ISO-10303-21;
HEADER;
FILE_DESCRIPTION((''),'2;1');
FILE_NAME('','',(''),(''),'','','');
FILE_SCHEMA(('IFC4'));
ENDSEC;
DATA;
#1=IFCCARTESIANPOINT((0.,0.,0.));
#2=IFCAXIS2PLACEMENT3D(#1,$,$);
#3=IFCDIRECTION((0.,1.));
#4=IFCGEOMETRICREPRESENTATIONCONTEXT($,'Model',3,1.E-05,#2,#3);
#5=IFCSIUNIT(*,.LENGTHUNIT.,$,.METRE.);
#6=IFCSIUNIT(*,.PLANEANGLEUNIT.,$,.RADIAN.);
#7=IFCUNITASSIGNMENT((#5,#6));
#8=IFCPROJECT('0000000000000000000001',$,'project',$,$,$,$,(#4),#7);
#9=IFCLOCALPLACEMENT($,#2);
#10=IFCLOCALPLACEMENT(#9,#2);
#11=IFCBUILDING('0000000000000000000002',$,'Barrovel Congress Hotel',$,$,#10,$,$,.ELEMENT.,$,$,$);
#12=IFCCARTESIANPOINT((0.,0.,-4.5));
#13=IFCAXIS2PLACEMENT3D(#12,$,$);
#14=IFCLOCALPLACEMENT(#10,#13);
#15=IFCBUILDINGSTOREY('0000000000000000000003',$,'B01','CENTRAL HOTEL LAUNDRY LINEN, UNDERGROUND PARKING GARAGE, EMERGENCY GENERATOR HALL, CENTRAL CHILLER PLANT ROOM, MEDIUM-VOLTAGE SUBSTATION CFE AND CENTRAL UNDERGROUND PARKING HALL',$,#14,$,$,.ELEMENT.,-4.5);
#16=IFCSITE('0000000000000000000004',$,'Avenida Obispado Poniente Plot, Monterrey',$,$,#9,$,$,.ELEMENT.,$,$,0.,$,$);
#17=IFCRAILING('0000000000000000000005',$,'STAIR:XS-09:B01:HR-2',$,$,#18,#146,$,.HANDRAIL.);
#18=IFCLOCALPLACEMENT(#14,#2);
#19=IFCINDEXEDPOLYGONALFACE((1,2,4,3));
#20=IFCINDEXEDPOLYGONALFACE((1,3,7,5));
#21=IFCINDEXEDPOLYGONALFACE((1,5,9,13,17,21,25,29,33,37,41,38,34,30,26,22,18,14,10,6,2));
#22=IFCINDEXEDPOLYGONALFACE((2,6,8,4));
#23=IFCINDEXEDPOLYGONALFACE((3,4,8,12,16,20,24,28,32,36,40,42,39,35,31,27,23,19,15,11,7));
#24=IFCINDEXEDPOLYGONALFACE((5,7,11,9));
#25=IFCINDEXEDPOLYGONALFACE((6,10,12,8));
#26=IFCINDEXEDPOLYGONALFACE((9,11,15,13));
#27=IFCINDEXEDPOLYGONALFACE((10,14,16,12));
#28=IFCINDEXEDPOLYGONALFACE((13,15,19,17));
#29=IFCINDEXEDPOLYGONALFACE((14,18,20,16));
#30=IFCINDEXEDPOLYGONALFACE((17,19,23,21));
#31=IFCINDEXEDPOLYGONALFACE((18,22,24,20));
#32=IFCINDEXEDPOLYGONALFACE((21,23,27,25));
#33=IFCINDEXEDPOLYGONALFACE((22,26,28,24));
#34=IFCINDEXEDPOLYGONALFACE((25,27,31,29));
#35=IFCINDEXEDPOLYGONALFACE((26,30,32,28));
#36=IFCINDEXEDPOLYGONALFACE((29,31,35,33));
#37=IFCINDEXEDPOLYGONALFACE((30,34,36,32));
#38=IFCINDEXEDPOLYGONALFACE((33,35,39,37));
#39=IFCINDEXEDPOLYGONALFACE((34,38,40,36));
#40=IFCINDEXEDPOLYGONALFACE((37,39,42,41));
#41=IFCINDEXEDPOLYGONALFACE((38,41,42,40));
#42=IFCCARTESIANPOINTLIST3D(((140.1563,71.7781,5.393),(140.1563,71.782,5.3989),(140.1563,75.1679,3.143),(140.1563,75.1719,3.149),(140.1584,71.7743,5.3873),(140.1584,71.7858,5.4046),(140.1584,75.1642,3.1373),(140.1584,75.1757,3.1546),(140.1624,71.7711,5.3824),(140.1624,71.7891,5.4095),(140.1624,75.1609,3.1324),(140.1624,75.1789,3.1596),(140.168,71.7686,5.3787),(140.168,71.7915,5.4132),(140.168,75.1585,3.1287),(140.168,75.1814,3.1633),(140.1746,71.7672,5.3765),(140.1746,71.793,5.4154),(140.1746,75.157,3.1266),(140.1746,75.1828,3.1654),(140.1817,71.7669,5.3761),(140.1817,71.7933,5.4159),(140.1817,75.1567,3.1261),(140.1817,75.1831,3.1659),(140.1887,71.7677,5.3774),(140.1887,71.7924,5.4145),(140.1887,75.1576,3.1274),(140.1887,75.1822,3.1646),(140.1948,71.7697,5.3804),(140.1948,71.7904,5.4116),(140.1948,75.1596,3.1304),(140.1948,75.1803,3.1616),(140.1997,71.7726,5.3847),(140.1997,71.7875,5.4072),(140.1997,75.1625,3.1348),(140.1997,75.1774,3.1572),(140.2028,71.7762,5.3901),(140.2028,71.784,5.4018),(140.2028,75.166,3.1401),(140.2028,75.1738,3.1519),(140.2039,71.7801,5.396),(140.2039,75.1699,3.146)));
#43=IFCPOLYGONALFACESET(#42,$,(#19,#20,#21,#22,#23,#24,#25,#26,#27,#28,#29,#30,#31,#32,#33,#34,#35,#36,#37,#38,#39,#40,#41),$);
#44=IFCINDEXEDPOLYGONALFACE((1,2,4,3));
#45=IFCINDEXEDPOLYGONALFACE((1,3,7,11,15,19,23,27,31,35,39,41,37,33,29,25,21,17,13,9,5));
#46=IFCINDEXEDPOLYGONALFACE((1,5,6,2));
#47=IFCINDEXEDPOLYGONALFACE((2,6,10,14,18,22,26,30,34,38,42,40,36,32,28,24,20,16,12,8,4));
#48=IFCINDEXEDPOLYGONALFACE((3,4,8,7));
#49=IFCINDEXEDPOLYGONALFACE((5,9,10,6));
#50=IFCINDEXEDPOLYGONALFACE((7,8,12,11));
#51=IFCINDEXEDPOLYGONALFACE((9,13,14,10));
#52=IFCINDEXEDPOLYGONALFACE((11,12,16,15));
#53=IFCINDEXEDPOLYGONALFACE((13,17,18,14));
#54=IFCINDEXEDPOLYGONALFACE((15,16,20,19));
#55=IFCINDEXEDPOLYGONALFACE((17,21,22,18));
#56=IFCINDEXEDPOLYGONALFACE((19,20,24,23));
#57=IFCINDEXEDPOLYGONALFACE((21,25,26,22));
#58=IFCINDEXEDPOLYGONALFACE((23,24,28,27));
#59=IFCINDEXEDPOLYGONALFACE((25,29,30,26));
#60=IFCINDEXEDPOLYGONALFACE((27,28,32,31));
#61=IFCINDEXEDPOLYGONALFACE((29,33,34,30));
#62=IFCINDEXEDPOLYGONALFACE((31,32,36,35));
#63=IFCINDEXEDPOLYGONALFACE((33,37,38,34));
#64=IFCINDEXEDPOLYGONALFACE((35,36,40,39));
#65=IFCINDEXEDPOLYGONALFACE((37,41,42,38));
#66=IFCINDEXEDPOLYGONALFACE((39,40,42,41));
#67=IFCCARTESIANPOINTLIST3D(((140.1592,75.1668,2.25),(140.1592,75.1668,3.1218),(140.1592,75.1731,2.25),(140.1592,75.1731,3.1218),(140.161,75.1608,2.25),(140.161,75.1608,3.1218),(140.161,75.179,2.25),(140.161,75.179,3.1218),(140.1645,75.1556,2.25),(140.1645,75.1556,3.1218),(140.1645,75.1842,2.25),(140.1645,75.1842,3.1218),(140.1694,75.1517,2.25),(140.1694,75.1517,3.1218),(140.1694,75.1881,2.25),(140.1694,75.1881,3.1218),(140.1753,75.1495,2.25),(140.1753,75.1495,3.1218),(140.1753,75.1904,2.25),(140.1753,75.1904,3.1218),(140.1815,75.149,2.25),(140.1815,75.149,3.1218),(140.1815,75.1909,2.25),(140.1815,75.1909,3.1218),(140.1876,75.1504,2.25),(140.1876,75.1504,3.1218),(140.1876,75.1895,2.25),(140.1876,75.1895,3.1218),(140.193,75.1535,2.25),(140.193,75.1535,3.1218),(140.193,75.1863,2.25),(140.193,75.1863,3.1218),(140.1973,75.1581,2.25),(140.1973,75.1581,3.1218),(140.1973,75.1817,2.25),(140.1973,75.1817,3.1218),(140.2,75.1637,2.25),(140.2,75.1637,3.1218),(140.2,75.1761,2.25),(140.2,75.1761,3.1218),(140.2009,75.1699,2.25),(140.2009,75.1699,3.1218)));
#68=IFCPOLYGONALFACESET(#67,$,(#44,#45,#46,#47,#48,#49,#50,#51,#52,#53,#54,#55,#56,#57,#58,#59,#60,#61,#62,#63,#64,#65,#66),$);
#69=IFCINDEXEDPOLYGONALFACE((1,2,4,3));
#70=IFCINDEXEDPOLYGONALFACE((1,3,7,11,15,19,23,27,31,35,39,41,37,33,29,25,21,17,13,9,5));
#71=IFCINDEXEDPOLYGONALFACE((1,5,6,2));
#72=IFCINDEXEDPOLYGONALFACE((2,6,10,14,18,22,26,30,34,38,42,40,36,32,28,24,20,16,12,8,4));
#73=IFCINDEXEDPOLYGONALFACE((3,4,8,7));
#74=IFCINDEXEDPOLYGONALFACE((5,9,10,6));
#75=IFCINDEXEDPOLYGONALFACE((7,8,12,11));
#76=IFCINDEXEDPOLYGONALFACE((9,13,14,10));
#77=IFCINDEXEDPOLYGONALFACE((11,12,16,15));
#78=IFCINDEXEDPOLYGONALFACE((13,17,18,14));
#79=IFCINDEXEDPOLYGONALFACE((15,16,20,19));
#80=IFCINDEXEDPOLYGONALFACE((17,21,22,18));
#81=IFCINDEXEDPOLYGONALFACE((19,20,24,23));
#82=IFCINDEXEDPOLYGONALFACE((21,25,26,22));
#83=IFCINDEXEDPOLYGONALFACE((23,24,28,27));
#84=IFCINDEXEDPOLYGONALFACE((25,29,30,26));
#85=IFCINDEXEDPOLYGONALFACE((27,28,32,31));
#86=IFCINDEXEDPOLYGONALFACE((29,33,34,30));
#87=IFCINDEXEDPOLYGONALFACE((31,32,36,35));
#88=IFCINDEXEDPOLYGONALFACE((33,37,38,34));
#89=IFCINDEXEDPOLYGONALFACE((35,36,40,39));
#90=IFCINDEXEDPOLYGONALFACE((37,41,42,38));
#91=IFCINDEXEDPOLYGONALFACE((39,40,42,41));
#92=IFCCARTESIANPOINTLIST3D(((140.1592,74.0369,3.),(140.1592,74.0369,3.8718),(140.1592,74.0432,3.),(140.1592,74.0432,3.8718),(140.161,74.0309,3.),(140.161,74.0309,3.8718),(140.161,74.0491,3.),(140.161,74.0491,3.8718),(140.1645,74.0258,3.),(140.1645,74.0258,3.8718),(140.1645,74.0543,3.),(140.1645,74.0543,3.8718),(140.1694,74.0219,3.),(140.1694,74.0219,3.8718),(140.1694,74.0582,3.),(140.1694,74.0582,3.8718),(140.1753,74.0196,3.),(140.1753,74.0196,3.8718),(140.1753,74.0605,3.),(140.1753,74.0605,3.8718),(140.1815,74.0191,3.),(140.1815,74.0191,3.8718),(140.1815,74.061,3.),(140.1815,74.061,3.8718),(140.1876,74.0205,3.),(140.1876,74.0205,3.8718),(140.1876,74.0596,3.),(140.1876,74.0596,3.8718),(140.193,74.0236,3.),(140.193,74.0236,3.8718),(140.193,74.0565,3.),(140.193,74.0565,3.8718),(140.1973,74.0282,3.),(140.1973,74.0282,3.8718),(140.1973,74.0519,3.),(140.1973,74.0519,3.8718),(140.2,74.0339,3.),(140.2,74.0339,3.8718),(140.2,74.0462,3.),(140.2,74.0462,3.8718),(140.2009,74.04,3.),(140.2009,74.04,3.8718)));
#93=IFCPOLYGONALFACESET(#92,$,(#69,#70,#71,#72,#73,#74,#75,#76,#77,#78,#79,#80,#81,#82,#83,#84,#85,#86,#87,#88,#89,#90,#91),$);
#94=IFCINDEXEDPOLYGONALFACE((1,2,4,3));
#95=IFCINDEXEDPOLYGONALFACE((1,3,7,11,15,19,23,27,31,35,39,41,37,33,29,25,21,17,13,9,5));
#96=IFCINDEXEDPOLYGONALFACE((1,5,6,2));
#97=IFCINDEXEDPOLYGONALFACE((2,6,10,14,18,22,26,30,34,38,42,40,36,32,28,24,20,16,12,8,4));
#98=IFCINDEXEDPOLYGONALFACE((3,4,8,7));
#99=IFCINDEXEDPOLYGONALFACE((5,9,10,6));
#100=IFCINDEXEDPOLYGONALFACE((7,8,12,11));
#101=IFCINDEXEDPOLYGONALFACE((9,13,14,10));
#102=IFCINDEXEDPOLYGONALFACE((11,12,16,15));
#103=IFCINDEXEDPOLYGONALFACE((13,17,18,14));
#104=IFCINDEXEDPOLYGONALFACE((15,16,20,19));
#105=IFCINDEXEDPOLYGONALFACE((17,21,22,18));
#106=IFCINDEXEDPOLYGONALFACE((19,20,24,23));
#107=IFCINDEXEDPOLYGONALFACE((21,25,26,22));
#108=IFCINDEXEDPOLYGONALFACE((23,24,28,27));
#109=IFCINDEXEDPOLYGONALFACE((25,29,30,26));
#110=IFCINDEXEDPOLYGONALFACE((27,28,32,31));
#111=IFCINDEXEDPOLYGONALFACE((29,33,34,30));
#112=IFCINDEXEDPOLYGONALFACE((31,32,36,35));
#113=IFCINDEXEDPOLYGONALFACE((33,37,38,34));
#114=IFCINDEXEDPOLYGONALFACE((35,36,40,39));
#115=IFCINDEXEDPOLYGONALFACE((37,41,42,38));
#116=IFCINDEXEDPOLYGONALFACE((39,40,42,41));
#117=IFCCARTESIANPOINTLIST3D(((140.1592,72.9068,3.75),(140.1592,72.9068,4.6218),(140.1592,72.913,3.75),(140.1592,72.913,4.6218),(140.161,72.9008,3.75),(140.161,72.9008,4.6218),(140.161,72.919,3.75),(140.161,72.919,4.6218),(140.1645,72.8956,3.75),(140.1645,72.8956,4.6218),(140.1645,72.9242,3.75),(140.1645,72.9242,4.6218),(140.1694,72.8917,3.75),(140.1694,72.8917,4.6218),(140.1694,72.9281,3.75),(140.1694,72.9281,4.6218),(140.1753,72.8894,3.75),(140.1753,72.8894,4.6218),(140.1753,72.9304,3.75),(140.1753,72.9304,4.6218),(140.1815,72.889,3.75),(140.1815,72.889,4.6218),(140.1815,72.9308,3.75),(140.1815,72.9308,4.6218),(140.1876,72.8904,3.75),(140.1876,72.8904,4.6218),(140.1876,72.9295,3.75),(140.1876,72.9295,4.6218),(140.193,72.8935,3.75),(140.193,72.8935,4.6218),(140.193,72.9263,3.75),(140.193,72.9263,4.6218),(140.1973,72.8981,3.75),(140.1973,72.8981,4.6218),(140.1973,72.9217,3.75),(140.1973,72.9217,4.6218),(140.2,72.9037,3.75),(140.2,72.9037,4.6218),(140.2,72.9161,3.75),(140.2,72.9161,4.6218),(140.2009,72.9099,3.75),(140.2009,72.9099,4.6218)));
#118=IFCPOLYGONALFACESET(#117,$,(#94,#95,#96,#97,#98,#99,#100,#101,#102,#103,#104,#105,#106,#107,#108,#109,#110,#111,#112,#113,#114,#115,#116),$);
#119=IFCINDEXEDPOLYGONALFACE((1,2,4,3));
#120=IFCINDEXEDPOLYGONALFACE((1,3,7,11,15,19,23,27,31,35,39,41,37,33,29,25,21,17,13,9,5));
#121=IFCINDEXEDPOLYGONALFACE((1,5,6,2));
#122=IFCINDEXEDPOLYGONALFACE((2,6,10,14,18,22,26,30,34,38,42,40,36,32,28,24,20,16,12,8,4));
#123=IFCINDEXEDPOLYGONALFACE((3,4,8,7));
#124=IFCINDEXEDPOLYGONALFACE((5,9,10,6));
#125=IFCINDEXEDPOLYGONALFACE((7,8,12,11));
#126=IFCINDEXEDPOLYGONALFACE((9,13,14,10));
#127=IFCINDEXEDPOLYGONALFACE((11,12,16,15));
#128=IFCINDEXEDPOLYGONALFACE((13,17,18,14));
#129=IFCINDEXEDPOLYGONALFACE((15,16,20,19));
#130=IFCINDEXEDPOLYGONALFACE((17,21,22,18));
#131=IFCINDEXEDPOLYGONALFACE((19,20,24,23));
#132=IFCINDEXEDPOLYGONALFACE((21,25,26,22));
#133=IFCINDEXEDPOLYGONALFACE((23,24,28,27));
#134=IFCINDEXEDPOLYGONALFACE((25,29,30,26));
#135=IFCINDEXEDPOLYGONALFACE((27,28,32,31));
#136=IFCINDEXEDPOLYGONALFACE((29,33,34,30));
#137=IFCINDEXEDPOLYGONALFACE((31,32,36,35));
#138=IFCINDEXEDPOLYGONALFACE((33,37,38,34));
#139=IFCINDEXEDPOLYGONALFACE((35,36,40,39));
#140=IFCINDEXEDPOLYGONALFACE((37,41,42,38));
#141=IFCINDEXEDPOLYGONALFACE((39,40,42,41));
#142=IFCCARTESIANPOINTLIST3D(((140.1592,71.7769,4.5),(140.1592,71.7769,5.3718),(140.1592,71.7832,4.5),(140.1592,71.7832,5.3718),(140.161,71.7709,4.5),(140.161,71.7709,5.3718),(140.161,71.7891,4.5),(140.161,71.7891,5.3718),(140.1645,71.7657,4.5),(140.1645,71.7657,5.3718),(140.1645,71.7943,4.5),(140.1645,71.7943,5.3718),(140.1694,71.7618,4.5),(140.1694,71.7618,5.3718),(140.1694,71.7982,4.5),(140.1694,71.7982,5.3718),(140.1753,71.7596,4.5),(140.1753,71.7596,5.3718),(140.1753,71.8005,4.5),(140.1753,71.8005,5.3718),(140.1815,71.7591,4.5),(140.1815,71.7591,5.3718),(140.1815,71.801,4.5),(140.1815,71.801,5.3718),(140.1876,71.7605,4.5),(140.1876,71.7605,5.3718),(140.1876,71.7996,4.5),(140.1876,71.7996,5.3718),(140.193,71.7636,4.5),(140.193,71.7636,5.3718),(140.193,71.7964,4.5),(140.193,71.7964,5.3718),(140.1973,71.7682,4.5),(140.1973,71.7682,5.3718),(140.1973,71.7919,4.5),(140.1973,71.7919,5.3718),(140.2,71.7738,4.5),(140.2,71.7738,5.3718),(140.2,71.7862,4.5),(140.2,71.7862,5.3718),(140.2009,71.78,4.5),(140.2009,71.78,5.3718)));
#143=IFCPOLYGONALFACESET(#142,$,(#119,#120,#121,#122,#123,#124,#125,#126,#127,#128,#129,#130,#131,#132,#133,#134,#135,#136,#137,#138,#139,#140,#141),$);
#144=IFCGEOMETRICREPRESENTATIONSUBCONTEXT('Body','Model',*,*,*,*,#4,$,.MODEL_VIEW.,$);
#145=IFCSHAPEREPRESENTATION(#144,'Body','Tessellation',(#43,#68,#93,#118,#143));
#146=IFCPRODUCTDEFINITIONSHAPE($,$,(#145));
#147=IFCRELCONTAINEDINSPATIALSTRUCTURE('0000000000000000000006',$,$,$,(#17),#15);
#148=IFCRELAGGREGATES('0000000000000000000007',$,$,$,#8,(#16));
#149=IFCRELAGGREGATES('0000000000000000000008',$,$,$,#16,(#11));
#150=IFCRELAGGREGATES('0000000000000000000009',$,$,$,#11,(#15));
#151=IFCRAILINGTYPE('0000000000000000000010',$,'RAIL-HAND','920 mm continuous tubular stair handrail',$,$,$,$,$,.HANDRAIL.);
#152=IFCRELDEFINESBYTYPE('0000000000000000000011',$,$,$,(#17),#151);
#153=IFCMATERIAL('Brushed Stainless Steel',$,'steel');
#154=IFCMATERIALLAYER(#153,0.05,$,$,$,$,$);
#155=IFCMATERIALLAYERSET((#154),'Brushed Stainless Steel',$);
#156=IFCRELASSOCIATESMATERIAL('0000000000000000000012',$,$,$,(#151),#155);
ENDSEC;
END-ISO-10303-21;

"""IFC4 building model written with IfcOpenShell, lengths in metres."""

from ifc_helpers import new_model, si_unit, direction, frame, origin, origin_2d, place, context, subcontext, project, spatial, circle, extrude, material, layer, layer_set, type_object, element, save


model = new_model("IFC4")

# Units and contexts
model_context = context("Model", 3, precision=1e-05, world=origin(), true_north=direction((0.0, 1.0)))
body_context = subcontext(model_context, "Body", "Model", "MODEL_VIEW")
ifc_project = project(units=[si_unit("LENGTHUNIT", "METRE"), si_unit("PLANEANGLEUNIT", "RADIAN")], contexts=[model_context])

# Site, building, storey
site_placement = place(None, origin())
site = spatial("IfcSite", under=ifc_project, at=site_placement, Name="Avenida Obispado Poniente Plot, Monterrey", CompositionType="ELEMENT", RefElevation=0.0)
building_placement = place(site_placement, origin())
building = spatial("IfcBuilding", under=site, at=building_placement, Name="Barrovel Congress Hotel", CompositionType="ELEMENT")
storey_placement = place(building_placement, frame((0.0, 0.0, -4.5)))
storey = spatial("IfcBuildingStorey", under=building, at=storey_placement, Name="B01", Description="CENTRAL HOTEL LAUNDRY LINEN, UNDERGROUND PARKING GARAGE, EMERGENCY GENERATOR HALL, CENTRAL CHILLER PLANT ROOM, MEDIUM-VOLTAGE SUBSTATION CFE AND CENTRAL UNDERGROUND PARKING HALL", CompositionType="ELEMENT", Elevation=-4.5)

# Railing
ifc_material_1 = material(Name="Brushed Stainless Steel", Category="steel")
ifc_layer_1 = layer(ifc_material_1, 0.05)
ifc_layer_set_1 = layer_set([ifc_layer_1], Name="Brushed Stainless Steel")
railing_type_1 = type_object("IfcRailingType", Name="RAIL-HAND", Description="920 mm continuous tubular stair handrail", PredefinedType="HANDRAIL", material=ifc_layer_set_1)
railing_1_placement = place(storey_placement, frame((140.1799, 75.1699, 2.25)))
element("IfcRailing", 1, at=railing_1_placement, inside=storey, type_object=railing_type_1, Name="STAIR:XS-09:B01:HR-2", PredefinedType="HANDRAIL", context=body_context, shape_type="SweptSolid", body=[
    extrude(circle(Radius=0.0239, at=origin_2d()), frame((0.0, 0.0, 0.896), z_axis=(0.0, -0.833175, 0.55301), x_axis=(1.0, 0.0, 0.0)), (0.0, 0.0, 1.0), 4.0686),
    extrude(circle(Radius=0.021, at=origin_2d()), origin(), (0.0, 0.0, 1.0), 0.8718),
    extrude(circle(Radius=0.021, at=origin_2d()), frame((0.0, -1.1299, 0.75)), (0.0, 0.0, 1.0), 0.8718),
    extrude(circle(Radius=0.021, at=origin_2d()), frame((0.0, -2.26, 1.5)), (0.0, 0.0, 1.0), 0.8718),
    extrude(circle(Radius=0.021, at=origin_2d()), frame((0.0, -3.3899, 2.25)), (0.0, 0.0, 1.0), 0.8718),
])

save(model, "model.ifc")
